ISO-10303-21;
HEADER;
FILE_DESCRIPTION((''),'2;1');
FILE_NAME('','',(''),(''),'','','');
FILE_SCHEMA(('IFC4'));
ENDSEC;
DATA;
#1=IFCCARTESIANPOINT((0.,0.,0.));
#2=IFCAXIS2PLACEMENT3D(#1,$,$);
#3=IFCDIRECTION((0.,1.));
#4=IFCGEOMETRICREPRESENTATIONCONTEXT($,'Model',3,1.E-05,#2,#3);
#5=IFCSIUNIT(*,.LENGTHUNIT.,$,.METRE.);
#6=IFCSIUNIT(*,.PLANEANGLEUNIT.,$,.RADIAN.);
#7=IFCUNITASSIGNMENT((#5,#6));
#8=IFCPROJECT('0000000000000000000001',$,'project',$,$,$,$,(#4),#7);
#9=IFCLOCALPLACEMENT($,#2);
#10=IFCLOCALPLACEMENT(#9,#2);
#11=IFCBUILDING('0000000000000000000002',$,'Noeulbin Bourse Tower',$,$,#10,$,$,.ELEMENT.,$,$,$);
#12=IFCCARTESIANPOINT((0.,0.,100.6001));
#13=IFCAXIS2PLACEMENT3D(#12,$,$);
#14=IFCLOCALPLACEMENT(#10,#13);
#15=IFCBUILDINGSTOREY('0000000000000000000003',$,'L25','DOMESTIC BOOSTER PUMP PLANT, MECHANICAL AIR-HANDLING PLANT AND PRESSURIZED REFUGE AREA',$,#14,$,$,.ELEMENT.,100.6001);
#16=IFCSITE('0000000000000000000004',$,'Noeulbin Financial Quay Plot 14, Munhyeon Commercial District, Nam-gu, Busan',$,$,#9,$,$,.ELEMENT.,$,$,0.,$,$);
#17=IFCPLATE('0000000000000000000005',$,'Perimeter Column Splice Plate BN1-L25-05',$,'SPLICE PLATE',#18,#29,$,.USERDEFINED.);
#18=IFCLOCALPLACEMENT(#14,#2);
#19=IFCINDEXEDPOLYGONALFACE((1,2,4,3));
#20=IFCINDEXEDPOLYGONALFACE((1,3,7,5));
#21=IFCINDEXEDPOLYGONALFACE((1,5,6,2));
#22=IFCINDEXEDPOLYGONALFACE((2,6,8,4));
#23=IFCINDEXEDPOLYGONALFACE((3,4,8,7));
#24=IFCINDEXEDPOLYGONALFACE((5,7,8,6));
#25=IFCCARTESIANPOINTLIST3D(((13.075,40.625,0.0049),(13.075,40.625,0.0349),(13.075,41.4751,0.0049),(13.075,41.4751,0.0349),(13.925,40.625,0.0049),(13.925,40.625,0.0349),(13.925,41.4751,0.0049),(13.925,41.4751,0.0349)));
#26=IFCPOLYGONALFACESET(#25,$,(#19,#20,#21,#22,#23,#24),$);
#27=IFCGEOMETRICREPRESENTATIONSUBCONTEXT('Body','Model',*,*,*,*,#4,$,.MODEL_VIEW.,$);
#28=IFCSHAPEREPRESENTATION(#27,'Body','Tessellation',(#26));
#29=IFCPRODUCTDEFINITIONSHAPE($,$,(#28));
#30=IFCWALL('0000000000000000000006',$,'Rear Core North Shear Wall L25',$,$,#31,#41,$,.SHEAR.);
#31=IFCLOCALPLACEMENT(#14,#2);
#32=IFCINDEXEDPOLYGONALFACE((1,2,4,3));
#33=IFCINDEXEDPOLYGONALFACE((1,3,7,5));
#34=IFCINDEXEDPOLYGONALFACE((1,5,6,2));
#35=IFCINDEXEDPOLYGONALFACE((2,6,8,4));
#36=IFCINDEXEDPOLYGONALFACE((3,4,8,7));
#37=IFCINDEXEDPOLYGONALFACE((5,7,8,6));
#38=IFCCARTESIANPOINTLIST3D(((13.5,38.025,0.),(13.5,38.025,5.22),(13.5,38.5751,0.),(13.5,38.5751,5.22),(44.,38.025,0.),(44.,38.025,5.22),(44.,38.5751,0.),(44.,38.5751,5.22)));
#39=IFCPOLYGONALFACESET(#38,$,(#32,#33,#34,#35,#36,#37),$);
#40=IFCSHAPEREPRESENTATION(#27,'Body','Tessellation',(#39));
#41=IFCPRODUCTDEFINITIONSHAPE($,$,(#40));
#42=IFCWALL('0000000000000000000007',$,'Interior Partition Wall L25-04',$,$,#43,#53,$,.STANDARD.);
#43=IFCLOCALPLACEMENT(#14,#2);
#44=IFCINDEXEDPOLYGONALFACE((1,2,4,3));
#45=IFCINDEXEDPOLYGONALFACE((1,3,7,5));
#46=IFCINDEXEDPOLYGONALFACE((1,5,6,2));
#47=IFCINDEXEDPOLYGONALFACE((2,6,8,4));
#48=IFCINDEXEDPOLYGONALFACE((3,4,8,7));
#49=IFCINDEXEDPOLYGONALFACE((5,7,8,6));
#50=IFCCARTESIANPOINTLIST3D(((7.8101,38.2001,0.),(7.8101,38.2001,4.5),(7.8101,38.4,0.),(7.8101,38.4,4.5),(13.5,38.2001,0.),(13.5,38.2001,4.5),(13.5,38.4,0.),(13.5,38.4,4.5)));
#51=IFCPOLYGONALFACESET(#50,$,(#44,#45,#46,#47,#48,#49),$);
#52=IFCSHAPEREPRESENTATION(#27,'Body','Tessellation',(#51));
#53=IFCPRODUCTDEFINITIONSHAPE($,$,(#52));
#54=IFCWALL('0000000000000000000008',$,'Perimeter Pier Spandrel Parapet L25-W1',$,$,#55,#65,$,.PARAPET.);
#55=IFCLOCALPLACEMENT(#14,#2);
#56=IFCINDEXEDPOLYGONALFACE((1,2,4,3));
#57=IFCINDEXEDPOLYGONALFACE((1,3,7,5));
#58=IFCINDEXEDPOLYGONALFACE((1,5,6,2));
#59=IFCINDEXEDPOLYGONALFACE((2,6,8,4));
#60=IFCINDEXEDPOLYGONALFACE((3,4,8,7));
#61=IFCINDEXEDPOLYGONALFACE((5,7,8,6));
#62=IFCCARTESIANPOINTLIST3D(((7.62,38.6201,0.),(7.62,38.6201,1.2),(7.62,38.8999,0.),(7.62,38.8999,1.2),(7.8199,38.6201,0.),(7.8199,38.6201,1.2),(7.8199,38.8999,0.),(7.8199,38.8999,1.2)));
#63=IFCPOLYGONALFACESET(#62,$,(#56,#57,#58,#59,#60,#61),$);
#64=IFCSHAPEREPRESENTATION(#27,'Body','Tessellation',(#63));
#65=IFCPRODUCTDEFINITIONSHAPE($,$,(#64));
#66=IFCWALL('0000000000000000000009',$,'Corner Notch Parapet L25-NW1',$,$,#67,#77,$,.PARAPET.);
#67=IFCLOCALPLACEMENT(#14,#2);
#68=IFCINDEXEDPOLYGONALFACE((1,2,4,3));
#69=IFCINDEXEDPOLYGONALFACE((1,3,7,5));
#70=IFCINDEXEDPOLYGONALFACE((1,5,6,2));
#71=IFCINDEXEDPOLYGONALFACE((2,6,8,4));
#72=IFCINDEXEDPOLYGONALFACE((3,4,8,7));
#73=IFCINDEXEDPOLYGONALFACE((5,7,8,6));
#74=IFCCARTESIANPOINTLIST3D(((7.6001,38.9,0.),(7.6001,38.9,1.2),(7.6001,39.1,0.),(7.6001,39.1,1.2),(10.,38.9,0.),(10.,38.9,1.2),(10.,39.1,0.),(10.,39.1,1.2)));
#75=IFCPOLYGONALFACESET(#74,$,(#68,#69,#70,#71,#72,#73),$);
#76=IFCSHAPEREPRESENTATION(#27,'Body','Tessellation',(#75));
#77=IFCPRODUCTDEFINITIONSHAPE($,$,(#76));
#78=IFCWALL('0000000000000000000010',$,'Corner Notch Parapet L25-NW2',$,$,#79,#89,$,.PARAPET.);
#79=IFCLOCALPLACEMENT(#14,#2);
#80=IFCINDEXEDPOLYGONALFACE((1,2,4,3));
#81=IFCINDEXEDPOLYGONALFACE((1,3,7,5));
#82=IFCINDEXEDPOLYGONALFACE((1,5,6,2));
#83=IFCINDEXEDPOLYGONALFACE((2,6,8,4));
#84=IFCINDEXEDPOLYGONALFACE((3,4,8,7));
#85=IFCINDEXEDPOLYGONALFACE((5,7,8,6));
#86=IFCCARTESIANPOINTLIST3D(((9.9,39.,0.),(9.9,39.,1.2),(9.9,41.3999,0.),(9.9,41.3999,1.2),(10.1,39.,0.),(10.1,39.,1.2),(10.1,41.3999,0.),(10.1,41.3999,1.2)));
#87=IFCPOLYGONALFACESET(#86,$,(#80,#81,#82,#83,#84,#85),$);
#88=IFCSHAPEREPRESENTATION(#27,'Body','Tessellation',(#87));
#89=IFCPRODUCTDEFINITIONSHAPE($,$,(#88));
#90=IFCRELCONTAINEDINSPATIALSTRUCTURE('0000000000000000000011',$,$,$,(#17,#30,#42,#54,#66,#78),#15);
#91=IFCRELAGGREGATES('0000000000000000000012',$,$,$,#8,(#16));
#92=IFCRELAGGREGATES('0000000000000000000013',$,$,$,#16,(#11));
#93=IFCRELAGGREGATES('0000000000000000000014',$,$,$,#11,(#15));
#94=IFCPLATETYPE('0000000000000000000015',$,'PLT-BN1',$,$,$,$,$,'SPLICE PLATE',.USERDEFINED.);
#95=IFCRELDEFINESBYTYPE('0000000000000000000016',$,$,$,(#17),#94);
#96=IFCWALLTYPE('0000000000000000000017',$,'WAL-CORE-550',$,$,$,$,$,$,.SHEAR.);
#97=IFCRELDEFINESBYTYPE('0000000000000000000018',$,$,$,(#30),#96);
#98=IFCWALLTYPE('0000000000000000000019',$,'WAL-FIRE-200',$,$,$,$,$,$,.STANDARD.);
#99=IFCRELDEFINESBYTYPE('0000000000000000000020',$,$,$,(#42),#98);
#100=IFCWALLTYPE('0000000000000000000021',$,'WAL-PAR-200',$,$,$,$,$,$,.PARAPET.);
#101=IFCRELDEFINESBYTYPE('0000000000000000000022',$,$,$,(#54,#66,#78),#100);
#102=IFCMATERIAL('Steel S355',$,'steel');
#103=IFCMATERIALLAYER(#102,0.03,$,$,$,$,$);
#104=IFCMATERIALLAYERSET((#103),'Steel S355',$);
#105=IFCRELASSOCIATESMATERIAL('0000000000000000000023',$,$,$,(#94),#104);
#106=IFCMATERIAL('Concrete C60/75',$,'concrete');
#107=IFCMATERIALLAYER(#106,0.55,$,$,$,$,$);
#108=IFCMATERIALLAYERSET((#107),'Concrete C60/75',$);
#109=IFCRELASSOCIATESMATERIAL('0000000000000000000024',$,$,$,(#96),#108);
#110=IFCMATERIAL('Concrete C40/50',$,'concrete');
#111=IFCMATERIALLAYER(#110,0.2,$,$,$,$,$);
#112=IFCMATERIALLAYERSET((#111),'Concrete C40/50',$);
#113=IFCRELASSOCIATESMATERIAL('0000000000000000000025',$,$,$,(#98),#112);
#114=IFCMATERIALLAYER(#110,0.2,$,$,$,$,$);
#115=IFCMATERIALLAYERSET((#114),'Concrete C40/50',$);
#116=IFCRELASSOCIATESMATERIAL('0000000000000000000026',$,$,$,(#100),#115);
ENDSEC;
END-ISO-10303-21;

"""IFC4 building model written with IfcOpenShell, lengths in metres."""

from ifc_helpers import new_model, si_unit, direction, frame, frame_2d, origin, origin_2d, place, context, subcontext, project, spatial, rectangle, extrude, material, layer, layer_set, type_object, element, save


model = new_model("IFC4")

# Units and contexts
model_context = context("Model", 3, precision=1e-05, world=origin(), true_north=direction((0.0, 1.0)))
body_context = subcontext(model_context, "Body", "Model", "MODEL_VIEW")
ifc_project = project(units=[si_unit("LENGTHUNIT", "METRE"), si_unit("PLANEANGLEUNIT", "RADIAN")], contexts=[model_context])

# Site, building, storey
site_placement = place(None, origin())
site = spatial("IfcSite", under=ifc_project, at=site_placement, Name="Noeulbin Financial Quay Plot 14, Munhyeon Commercial District, Nam-gu, Busan", CompositionType="ELEMENT", RefElevation=0.0)
building_placement = place(site_placement, origin())
building = spatial("IfcBuilding", under=site, at=building_placement, Name="Noeulbin Bourse Tower", CompositionType="ELEMENT")
storey_placement = place(building_placement, frame((0.0, 0.0, 100.6001)))
storey = spatial("IfcBuildingStorey", under=building, at=storey_placement, Name="L25", Description="DOMESTIC BOOSTER PUMP PLANT, MECHANICAL AIR-HANDLING PLANT AND PRESSURIZED REFUGE AREA", CompositionType="ELEMENT", Elevation=100.6001)

# Shared definitions
ifc_material_1 = material(Name="Steel S355", Category="steel")

# Plate
ifc_layer_1 = layer(ifc_material_1, 0.03)
ifc_layer_set_1 = layer_set([ifc_layer_1], Name="Steel S355")
plate_type_1 = type_object("IfcPlateType", Name="PLT-BN1", ElementType="SPLICE PLATE", PredefinedType="USERDEFINED", material=ifc_layer_set_1)
for number, where, z_axis, x_axis, name in (
    (1, (13.5, 41.05, 0.0049), (0.0, 0.0, 1.0), (1.0, 0.0, 0.0), "Perimeter Column Splice Plate BN1-L25-05"),
):
    element("IfcPlate", number, at=place(storey_placement, frame(where, z_axis=z_axis, x_axis=x_axis)), inside=storey, type_object=plate_type_1, Name=name, ObjectType="SPLICE PLATE", PredefinedType="USERDEFINED", context=body_context, shape_type="SweptSolid", body=[
        extrude(rectangle(XDim=0.8501, YDim=0.8501, at=origin_2d()), origin(), (0.0, 0.0, 1.0), 0.03),
    ])

# Walls
ifc_material_2 = material(Name="Concrete C60/75", Category="concrete")
ifc_layer_2 = layer(ifc_material_2, 0.55)
ifc_layer_set_2 = layer_set([ifc_layer_2], Name="Concrete C60/75")
wall_type_1 = type_object("IfcWallType", Name="WAL-CORE-550", PredefinedType="SHEAR", material=ifc_layer_set_2)
wall_1_placement = place(storey_placement, frame((13.5, 38.3, 0.0), z_axis=(0.0, 0.0, 1.0), x_axis=(1.0, 0.0, 0.0)))
element("IfcWall", 2, at=wall_1_placement, inside=storey, type_object=wall_type_1, Name="Rear Core North Shear Wall L25", PredefinedType="SHEAR", context=body_context, shape_type="SweptSolid", body=[
    extrude(rectangle(XDim=30.5, YDim=0.55, at=frame_2d((15.25, 0.0))), origin(), (0.0, 0.0, 1.0), 5.22),
])
ifc_material_3 = material(Name="Concrete C40/50", Category="concrete")
ifc_layer_3 = layer(ifc_material_3, 0.2)
ifc_layer_set_3 = layer_set([ifc_layer_3], Name="Concrete C40/50")
wall_type_2 = type_object("IfcWallType", Name="WAL-FIRE-200", PredefinedType="STANDARD", material=ifc_layer_set_3)
wall_2_placement = place(storey_placement, frame((7.8101, 38.3, 0.0), z_axis=(0.0, 0.0, 1.0), x_axis=(1.0, 0.0, 0.0)))
element("IfcWall", 3, at=wall_2_placement, inside=storey, type_object=wall_type_2, Name="Interior Partition Wall L25-04", PredefinedType="STANDARD", context=body_context, shape_type="SweptSolid", body=[
    extrude(rectangle(XDim=5.6899, YDim=0.2, at=frame_2d((2.845, 0.0))), origin(), (0.0, 0.0, 1.0), 4.5),
])
ifc_layer_4 = layer(ifc_material_3, 0.2)
ifc_layer_set_4 = layer_set([ifc_layer_4], Name="Concrete C40/50")
wall_type_3 = type_object("IfcWallType", Name="WAL-PAR-200", PredefinedType="PARAPET", material=ifc_layer_set_4)
wall_3_placement = place(storey_placement, frame((7.72, 38.6201, 0.0), z_axis=(0.0, 0.0, 1.0), x_axis=(0.0, 1.0, 0.0)))
element("IfcWall", 4, at=wall_3_placement, inside=storey, type_object=wall_type_3, Name="Perimeter Pier Spandrel Parapet L25-W1", PredefinedType="PARAPET", context=body_context, shape_type="SweptSolid", body=[
    extrude(rectangle(XDim=0.2798, YDim=0.2, at=frame_2d((0.1399, 0.0))), origin(), (0.0, 0.0, 1.0), 1.2),
])
for number, where, z_axis, x_axis, name in (
    (5, (7.6001, 39.0, 0.0), (0.0, 0.0, 1.0), (1.0, 0.0, 0.0), "Corner Notch Parapet L25-NW1"),
    (6, (10.0, 39.0, 0.0), (0.0, 0.0, 1.0), (0.0, 1.0, 0.0), "Corner Notch Parapet L25-NW2"),
):
    element("IfcWall", number, at=place(storey_placement, frame(where, z_axis=z_axis, x_axis=x_axis)), inside=storey, type_object=wall_type_3, Name=name, PredefinedType="PARAPET", context=body_context, shape_type="SweptSolid", body=[
        extrude(rectangle(XDim=2.3999, YDim=0.2, at=frame_2d((1.2, 0.0))), origin(), (0.0, 0.0, 1.0), 1.2),
    ])

save(model, "model.ifc")
